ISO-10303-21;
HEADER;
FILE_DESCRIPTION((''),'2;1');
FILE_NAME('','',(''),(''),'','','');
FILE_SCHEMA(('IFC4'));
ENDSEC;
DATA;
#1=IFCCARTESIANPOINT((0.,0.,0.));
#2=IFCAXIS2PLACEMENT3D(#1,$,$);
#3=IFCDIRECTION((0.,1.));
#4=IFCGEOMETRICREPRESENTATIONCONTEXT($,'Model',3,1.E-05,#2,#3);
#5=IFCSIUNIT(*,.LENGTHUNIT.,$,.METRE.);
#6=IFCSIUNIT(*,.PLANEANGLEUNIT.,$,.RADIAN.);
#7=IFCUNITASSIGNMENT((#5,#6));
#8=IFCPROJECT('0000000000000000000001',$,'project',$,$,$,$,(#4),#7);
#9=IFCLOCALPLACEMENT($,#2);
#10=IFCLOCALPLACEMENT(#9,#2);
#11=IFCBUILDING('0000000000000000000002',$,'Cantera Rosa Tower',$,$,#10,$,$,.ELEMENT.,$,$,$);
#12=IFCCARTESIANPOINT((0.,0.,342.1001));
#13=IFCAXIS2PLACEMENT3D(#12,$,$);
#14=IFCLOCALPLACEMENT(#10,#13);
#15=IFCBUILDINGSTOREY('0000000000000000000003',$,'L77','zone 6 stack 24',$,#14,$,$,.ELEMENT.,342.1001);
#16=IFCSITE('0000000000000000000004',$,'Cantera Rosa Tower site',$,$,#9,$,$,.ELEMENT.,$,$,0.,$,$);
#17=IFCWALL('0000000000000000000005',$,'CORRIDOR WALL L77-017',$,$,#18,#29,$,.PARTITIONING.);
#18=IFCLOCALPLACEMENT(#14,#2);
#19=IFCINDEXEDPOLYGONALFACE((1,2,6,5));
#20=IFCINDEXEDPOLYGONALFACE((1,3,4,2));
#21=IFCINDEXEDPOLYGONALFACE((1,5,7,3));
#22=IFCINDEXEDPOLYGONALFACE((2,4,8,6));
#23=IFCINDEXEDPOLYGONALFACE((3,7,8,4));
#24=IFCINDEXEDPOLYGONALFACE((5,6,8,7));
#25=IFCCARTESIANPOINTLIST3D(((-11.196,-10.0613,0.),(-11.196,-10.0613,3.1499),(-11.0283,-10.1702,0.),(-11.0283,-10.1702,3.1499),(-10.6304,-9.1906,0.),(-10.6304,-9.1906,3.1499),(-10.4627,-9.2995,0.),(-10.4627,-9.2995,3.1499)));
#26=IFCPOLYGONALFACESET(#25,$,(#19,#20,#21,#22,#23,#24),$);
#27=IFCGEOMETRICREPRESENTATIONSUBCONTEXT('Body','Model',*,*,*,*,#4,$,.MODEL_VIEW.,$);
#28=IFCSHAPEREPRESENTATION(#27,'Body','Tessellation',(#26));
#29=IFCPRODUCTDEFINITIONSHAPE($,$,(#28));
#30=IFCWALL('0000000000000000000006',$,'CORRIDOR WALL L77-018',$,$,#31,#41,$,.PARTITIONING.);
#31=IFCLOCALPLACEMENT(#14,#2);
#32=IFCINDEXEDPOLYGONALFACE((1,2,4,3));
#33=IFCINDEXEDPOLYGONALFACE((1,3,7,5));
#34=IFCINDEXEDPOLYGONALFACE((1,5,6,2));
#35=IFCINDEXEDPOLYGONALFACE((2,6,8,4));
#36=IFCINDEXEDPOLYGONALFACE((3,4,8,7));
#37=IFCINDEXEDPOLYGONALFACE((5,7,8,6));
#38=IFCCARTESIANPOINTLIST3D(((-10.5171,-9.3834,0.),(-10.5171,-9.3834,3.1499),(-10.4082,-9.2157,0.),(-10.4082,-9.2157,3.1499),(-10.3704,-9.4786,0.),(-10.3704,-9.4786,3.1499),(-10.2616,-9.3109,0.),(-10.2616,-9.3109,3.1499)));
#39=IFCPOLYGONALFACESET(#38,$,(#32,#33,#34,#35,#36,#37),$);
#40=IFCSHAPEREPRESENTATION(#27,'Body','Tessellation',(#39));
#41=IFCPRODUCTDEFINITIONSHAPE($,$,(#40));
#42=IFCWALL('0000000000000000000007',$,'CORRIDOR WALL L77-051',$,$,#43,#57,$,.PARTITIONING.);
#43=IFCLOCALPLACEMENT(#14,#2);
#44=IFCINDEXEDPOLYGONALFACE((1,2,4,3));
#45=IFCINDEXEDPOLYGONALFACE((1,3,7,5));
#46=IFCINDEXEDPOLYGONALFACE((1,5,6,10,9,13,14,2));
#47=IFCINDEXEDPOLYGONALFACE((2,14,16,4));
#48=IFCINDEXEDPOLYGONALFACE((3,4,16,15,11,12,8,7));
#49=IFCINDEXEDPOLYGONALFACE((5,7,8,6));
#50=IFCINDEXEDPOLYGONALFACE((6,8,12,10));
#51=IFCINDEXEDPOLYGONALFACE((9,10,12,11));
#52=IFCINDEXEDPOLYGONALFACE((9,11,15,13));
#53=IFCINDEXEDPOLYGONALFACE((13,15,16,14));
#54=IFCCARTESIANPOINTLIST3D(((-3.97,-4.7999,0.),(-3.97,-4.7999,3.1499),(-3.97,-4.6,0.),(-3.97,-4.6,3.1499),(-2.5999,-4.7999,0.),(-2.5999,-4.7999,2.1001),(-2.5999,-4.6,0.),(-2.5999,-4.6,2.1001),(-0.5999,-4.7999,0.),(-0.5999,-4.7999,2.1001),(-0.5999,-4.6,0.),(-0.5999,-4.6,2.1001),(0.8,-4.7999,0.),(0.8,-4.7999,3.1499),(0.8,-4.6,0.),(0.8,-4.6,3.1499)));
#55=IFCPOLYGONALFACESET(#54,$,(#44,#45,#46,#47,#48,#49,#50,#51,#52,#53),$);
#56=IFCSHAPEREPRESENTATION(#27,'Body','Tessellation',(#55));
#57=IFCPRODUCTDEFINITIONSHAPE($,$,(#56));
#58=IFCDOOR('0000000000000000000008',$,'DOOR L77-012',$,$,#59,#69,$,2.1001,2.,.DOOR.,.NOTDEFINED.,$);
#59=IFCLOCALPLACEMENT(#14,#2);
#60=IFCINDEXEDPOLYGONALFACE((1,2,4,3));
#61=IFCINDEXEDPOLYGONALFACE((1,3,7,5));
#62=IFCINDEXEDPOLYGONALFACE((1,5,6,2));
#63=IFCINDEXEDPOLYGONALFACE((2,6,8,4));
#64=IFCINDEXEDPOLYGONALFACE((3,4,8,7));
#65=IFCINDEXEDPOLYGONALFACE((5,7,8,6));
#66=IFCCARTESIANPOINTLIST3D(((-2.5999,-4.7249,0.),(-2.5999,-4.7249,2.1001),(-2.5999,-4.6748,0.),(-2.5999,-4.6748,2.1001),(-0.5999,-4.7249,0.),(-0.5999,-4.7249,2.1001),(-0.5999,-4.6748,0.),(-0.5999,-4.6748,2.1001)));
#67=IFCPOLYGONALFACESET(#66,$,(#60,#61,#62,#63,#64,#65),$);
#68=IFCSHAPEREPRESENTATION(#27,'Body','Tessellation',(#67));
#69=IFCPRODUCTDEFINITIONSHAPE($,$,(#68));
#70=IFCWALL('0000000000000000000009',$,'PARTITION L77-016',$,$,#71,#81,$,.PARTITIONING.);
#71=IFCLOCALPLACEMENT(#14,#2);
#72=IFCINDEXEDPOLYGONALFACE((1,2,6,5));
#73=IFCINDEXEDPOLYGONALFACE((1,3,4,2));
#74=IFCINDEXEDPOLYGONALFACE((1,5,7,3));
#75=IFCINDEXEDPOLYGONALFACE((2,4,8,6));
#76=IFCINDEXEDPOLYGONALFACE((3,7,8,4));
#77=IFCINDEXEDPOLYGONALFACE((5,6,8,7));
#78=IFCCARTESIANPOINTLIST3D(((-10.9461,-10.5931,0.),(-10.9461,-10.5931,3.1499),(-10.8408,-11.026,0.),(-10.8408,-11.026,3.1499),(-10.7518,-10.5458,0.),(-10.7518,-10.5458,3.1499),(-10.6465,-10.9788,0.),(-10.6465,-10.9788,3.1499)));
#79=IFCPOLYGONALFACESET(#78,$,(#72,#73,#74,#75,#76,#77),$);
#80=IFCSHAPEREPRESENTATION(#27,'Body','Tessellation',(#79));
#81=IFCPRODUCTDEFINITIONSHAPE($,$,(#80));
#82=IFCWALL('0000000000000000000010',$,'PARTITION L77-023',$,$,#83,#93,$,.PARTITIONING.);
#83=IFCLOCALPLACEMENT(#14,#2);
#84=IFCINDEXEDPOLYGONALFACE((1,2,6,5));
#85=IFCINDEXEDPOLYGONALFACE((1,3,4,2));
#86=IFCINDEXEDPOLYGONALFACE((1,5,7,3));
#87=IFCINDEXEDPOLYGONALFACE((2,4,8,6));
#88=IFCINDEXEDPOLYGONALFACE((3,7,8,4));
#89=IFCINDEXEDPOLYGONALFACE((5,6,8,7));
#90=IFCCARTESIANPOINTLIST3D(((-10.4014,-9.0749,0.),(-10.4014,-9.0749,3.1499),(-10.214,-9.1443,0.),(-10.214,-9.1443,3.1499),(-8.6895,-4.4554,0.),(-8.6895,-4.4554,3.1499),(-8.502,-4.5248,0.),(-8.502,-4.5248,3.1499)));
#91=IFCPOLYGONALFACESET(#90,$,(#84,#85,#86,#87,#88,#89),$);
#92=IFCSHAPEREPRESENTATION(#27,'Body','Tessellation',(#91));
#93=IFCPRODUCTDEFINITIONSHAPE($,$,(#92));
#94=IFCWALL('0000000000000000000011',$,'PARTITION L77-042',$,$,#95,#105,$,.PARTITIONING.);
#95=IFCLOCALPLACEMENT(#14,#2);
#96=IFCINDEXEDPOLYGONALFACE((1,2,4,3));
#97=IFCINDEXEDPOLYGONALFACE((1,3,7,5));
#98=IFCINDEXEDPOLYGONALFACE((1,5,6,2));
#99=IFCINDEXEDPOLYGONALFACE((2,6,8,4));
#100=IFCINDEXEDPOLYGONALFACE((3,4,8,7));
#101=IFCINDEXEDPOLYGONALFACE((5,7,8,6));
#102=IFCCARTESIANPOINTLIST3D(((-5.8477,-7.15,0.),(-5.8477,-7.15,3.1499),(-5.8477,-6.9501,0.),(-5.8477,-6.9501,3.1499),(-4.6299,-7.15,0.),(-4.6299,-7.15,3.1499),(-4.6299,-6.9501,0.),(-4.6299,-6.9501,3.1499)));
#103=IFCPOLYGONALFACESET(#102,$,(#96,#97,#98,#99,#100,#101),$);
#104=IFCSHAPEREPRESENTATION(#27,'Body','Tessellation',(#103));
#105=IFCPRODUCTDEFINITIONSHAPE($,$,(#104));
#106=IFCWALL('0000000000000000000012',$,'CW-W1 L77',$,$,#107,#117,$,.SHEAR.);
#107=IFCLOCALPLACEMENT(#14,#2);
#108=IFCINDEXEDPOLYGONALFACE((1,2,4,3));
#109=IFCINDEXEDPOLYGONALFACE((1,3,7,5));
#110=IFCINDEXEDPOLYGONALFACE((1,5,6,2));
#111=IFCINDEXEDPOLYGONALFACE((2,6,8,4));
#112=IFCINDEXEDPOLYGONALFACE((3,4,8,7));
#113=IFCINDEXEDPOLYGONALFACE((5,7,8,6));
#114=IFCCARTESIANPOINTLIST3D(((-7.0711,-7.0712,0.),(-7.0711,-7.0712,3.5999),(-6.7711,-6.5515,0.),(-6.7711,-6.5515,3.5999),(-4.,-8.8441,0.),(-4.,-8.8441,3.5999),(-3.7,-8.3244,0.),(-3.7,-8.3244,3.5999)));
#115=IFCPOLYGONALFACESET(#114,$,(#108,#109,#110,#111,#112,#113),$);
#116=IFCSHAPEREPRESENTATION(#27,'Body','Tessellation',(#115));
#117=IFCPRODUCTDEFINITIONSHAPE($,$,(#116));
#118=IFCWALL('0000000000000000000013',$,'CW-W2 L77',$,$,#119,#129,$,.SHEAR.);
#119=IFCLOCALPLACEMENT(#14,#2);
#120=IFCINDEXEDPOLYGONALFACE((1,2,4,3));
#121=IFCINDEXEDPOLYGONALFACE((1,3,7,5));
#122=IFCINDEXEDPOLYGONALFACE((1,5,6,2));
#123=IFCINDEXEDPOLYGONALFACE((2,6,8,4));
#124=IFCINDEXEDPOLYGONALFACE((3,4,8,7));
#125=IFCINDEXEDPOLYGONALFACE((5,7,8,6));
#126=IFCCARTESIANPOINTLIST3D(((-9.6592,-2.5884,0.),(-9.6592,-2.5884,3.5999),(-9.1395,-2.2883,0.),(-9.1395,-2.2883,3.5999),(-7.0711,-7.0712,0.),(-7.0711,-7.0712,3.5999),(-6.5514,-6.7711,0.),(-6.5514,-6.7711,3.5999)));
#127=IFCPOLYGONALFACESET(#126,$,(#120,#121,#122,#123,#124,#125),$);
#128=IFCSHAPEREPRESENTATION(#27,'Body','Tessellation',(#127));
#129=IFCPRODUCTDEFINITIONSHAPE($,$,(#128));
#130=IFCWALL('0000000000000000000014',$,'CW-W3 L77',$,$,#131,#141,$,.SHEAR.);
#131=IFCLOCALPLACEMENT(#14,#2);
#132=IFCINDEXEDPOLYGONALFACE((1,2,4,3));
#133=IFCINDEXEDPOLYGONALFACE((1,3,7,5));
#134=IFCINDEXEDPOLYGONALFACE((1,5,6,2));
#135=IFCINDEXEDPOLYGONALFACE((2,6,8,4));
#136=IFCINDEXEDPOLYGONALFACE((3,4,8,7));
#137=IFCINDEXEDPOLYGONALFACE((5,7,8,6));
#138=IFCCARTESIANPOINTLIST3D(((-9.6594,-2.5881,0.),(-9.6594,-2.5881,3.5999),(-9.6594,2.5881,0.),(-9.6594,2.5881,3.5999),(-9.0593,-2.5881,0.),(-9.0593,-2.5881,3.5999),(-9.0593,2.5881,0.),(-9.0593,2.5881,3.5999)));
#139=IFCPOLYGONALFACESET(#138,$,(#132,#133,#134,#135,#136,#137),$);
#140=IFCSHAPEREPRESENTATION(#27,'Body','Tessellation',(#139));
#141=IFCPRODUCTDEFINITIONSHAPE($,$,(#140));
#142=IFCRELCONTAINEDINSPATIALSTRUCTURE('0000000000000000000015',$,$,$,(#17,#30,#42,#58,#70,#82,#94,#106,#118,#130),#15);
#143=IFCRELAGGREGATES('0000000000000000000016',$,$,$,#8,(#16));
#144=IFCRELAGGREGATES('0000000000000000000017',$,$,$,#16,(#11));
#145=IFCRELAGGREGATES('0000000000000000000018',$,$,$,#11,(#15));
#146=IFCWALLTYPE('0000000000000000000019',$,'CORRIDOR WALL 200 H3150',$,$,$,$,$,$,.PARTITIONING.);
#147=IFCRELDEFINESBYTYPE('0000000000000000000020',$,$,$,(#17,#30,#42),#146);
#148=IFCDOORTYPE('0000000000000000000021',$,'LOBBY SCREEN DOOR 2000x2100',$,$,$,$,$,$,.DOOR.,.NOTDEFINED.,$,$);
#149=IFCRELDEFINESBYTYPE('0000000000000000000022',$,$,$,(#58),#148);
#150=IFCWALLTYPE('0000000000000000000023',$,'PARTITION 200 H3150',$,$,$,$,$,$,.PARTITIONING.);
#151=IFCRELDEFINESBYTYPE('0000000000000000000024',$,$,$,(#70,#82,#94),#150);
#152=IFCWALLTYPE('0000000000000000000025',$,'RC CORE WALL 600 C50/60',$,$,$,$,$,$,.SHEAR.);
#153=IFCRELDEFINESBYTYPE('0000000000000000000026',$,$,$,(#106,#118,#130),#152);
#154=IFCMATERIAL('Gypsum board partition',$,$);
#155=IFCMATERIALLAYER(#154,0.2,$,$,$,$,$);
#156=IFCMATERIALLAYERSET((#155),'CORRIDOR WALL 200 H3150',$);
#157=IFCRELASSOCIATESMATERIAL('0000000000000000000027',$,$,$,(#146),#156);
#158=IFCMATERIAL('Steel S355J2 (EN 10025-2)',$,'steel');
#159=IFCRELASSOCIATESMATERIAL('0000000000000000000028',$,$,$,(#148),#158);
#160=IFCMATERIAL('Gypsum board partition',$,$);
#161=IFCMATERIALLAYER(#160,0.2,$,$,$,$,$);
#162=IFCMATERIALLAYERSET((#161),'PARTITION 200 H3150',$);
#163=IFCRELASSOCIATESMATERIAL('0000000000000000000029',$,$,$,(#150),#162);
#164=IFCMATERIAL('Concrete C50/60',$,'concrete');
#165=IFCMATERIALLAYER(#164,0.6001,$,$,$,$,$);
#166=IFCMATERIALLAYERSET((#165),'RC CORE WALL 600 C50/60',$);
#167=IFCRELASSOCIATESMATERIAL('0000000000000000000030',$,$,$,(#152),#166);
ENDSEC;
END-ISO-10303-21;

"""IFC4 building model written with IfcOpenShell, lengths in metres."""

from ifc_helpers import new_model, si_unit, direction, frame, frame_2d, origin, place, context, subcontext, project, spatial, rectangle, extrude, material, layer, layer_set, type_object, element, fill, save


model = new_model("IFC4")

# Units and contexts
model_context = context("Model", 3, precision=1e-05, world=origin(), true_north=direction((0.0, 1.0)))
body_context = subcontext(model_context, "Body", "Model", "MODEL_VIEW")
ifc_project = project(units=[si_unit("LENGTHUNIT", "METRE"), si_unit("PLANEANGLEUNIT", "RADIAN")], contexts=[model_context])

# Site, building, storey
site_placement = place(None, origin())
site = spatial("IfcSite", under=ifc_project, at=site_placement, Name="Cantera Rosa Tower site", CompositionType="ELEMENT", RefElevation=0.0)
building_placement = place(site_placement, origin())
building = spatial("IfcBuilding", under=site, at=building_placement, Name="Cantera Rosa Tower", CompositionType="ELEMENT")
storey_placement = place(building_placement, frame((0.0, 0.0, 342.1001)))
storey = spatial("IfcBuildingStorey", under=building, at=storey_placement, Name="L77", Description="zone 6 stack 24", CompositionType="ELEMENT", Elevation=342.1001)

# Walls
ifc_material_1 = material(Name="Gypsum board partition")
ifc_layer_1 = layer(ifc_material_1, 0.2)
ifc_layer_set_1 = layer_set([ifc_layer_1], Name="CORRIDOR WALL 200 H3150")
wall_type_1 = type_object("IfcWallType", Name="CORRIDOR WALL 200 H3150", PredefinedType="PARTITIONING", material=ifc_layer_set_1)
wall_1_placement = place(storey_placement, frame((-10.5466, -9.2451, 0.0), z_axis=(0.0, 0.0, 1.0), x_axis=(-0.544732, -0.83861, 0.0)))
element("IfcWall", 1, at=wall_1_placement, inside=storey, type_object=wall_type_1, Name="CORRIDOR WALL L77-017", PredefinedType="PARTITIONING", context=body_context, shape_type="SweptSolid", body=[
    extrude(rectangle(XDim=1.0383, YDim=0.2, at=frame_2d((0.519, 0.0))), origin(), (0.0, 0.0, 1.0), 3.1499),
])
wall_2_placement = place(storey_placement, frame((-10.4626, -9.2996, 0.0), z_axis=(0.0, 0.0, 1.0), x_axis=(0.838858, -0.54435, 0.0)))
element("IfcWall", 2, at=wall_2_placement, inside=storey, type_object=wall_type_1, Name="CORRIDOR WALL L77-018", PredefinedType="PARTITIONING", context=body_context, shape_type="SweptSolid", body=[
    extrude(rectangle(XDim=0.1748, YDim=0.2, at=frame_2d((0.0874, 0.0))), origin(), (0.0, 0.0, 1.0), 3.1499),
])

# Wall, opening, door
wall_3_placement = place(storey_placement, frame((0.8, -4.7, 0.0), z_axis=(0.0, 0.0, 1.0), x_axis=(-1.0, 0.0, 0.0)))
wall_3 = element("IfcWall", 3, at=wall_3_placement, inside=storey, type_object=wall_type_1, Name="CORRIDOR WALL L77-051", PredefinedType="PARTITIONING", context=body_context, shape_type="SweptSolid", body=[
    extrude(rectangle(XDim=4.77, YDim=0.2, at=frame_2d((2.385, 0.0))), origin(), (0.0, 0.0, 1.0), 3.1499),
])
opening_1_placement = place(wall_3_placement, frame((1.3999, 0.0, 0.0)))
opening_1 = element("IfcOpeningElement", 4, at=opening_1_placement, cuts=wall_3, PredefinedType="OPENING", context=body_context, shape_type="SweptSolid", body=[
    extrude(rectangle(XDim=2.0, YDim=2.1001, at=frame_2d((1.0, 1.05))), frame((0.0, 0.1099, 0.0), z_axis=(0.0, -1.0, 0.0), x_axis=(1.0, 0.0, 0.0)), (0.0, 0.0, 1.0), 0.22),
])
ifc_material_2 = material(Name="Steel S355J2 (EN 10025-2)", Category="steel")
door_type_1 = type_object("IfcDoorType", Name="LOBBY SCREEN DOOR 2000x2100", OperationType="NOTDEFINED", PredefinedType="DOOR", material=ifc_material_2)
door_1_placement = place(opening_1_placement, origin())
door_1 = element("IfcDoor", 5, at=door_1_placement, inside=storey, type_object=door_type_1, Name="DOOR L77-012", OperationType="NOTDEFINED", OverallHeight=2.1001, OverallWidth=2.0, PredefinedType="DOOR", context=body_context, shape_type="SweptSolid", body=[
    extrude(rectangle(XDim=2.0, YDim=2.1001, at=frame_2d((1.0, 1.05))), frame((0.0, 0.0249, 0.0), z_axis=(0.0, -1.0, 0.0), x_axis=(1.0, 0.0, 0.0)), (0.0, 0.0, 1.0), 0.05),
])
fill(opening_1, door_1)

# Walls
ifc_material_3 = material(Name="Gypsum board partition")
ifc_layer_2 = layer(ifc_material_3, 0.2)
ifc_layer_set_2 = layer_set([ifc_layer_2], Name="PARTITION 200 H3150")
wall_type_2 = type_object("IfcWallType", Name="PARTITION 200 H3150", PredefinedType="PARTITIONING", material=ifc_layer_set_2)
wall_4_placement = place(storey_placement, frame((-10.8489, -10.5696, 0.0), z_axis=(0.0, 0.0, 1.0), x_axis=(0.236212, -0.971702, 0.0)))
element("IfcWall", 6, at=wall_4_placement, inside=storey, type_object=wall_type_2, Name="PARTITION L77-016", PredefinedType="PARTITIONING", context=body_context, shape_type="SweptSolid", body=[
    extrude(rectangle(XDim=0.4456, YDim=0.2, at=frame_2d((0.2227, 0.0))), origin(), (0.0, 0.0, 1.0), 3.1499),
])
wall_5_placement = place(storey_placement, frame((-8.5957, -4.49, 0.0), z_axis=(0.0, 0.0, 1.0), x_axis=(-0.347498, -0.937681, 0.0)))
element("IfcWall", 7, at=wall_5_placement, inside=storey, type_object=wall_type_2, Name="PARTITION L77-023", PredefinedType="PARTITIONING", context=body_context, shape_type="SweptSolid", body=[
    extrude(rectangle(XDim=4.9265, YDim=0.2, at=frame_2d((2.4634, 0.0))), origin(), (0.0, 0.0, 1.0), 3.1499),
])
wall_6_placement = place(storey_placement, frame((-4.6299, -7.05, 0.0), z_axis=(0.0, 0.0, 1.0), x_axis=(-1.0, 0.0, 0.0)))
element("IfcWall", 8, at=wall_6_placement, inside=storey, type_object=wall_type_2, Name="PARTITION L77-042", PredefinedType="PARTITIONING", context=body_context, shape_type="SweptSolid", body=[
    extrude(rectangle(XDim=1.2178, YDim=0.2, at=frame_2d((0.6089, 0.0))), origin(), (0.0, 0.0, 1.0), 3.1499),
])
ifc_material_4 = material(Name="Concrete C50/60", Category="concrete")
ifc_layer_3 = layer(ifc_material_4, 0.6001)
ifc_layer_set_3 = layer_set([ifc_layer_3], Name="RC CORE WALL 600 C50/60")
wall_type_3 = type_object("IfcWallType", Name="RC CORE WALL 600 C50/60", PredefinedType="SHEAR", material=ifc_layer_set_3)
wall_7_placement = place(storey_placement, frame((-3.8501, -8.5842, 0.0), z_axis=(0.0, 0.0, 1.0), x_axis=(-0.86604, 0.499975, 0.0)))
element("IfcWall", 9, at=wall_7_placement, inside=storey, type_object=wall_type_3, Name="CW-W1 L77", PredefinedType="SHEAR", context=body_context, shape_type="SweptSolid", body=[
    extrude(rectangle(XDim=3.5461, YDim=0.6001, at=frame_2d((1.7729, 0.0))), origin(), (0.0, 0.0, 1.0), 3.5999),
])
for number, where, z_axis, x_axis, name in (
    (10, (-6.8113, -6.9211, 0.0), (0.0, 0.0, 1.0), (-0.499989, 0.866032, 0.0), "CW-W2 L77"),
    (11, (-9.3594, -2.5881, 0.0), (0.0, 0.0, 1.0), (0.0, 1.0, 0.0), "CW-W3 L77"),
):
    element("IfcWall", number, at=place(storey_placement, frame(where, z_axis=z_axis, x_axis=x_axis)), inside=storey, type_object=wall_type_3, Name=name, PredefinedType="SHEAR", context=body_context, shape_type="SweptSolid", body=[
        extrude(rectangle(XDim=5.1763, YDim=0.6001, at=frame_2d((2.5881, 0.0))), origin(), (0.0, 0.0, 1.0), 3.5999),
    ])

save(model, "model.ifc")
